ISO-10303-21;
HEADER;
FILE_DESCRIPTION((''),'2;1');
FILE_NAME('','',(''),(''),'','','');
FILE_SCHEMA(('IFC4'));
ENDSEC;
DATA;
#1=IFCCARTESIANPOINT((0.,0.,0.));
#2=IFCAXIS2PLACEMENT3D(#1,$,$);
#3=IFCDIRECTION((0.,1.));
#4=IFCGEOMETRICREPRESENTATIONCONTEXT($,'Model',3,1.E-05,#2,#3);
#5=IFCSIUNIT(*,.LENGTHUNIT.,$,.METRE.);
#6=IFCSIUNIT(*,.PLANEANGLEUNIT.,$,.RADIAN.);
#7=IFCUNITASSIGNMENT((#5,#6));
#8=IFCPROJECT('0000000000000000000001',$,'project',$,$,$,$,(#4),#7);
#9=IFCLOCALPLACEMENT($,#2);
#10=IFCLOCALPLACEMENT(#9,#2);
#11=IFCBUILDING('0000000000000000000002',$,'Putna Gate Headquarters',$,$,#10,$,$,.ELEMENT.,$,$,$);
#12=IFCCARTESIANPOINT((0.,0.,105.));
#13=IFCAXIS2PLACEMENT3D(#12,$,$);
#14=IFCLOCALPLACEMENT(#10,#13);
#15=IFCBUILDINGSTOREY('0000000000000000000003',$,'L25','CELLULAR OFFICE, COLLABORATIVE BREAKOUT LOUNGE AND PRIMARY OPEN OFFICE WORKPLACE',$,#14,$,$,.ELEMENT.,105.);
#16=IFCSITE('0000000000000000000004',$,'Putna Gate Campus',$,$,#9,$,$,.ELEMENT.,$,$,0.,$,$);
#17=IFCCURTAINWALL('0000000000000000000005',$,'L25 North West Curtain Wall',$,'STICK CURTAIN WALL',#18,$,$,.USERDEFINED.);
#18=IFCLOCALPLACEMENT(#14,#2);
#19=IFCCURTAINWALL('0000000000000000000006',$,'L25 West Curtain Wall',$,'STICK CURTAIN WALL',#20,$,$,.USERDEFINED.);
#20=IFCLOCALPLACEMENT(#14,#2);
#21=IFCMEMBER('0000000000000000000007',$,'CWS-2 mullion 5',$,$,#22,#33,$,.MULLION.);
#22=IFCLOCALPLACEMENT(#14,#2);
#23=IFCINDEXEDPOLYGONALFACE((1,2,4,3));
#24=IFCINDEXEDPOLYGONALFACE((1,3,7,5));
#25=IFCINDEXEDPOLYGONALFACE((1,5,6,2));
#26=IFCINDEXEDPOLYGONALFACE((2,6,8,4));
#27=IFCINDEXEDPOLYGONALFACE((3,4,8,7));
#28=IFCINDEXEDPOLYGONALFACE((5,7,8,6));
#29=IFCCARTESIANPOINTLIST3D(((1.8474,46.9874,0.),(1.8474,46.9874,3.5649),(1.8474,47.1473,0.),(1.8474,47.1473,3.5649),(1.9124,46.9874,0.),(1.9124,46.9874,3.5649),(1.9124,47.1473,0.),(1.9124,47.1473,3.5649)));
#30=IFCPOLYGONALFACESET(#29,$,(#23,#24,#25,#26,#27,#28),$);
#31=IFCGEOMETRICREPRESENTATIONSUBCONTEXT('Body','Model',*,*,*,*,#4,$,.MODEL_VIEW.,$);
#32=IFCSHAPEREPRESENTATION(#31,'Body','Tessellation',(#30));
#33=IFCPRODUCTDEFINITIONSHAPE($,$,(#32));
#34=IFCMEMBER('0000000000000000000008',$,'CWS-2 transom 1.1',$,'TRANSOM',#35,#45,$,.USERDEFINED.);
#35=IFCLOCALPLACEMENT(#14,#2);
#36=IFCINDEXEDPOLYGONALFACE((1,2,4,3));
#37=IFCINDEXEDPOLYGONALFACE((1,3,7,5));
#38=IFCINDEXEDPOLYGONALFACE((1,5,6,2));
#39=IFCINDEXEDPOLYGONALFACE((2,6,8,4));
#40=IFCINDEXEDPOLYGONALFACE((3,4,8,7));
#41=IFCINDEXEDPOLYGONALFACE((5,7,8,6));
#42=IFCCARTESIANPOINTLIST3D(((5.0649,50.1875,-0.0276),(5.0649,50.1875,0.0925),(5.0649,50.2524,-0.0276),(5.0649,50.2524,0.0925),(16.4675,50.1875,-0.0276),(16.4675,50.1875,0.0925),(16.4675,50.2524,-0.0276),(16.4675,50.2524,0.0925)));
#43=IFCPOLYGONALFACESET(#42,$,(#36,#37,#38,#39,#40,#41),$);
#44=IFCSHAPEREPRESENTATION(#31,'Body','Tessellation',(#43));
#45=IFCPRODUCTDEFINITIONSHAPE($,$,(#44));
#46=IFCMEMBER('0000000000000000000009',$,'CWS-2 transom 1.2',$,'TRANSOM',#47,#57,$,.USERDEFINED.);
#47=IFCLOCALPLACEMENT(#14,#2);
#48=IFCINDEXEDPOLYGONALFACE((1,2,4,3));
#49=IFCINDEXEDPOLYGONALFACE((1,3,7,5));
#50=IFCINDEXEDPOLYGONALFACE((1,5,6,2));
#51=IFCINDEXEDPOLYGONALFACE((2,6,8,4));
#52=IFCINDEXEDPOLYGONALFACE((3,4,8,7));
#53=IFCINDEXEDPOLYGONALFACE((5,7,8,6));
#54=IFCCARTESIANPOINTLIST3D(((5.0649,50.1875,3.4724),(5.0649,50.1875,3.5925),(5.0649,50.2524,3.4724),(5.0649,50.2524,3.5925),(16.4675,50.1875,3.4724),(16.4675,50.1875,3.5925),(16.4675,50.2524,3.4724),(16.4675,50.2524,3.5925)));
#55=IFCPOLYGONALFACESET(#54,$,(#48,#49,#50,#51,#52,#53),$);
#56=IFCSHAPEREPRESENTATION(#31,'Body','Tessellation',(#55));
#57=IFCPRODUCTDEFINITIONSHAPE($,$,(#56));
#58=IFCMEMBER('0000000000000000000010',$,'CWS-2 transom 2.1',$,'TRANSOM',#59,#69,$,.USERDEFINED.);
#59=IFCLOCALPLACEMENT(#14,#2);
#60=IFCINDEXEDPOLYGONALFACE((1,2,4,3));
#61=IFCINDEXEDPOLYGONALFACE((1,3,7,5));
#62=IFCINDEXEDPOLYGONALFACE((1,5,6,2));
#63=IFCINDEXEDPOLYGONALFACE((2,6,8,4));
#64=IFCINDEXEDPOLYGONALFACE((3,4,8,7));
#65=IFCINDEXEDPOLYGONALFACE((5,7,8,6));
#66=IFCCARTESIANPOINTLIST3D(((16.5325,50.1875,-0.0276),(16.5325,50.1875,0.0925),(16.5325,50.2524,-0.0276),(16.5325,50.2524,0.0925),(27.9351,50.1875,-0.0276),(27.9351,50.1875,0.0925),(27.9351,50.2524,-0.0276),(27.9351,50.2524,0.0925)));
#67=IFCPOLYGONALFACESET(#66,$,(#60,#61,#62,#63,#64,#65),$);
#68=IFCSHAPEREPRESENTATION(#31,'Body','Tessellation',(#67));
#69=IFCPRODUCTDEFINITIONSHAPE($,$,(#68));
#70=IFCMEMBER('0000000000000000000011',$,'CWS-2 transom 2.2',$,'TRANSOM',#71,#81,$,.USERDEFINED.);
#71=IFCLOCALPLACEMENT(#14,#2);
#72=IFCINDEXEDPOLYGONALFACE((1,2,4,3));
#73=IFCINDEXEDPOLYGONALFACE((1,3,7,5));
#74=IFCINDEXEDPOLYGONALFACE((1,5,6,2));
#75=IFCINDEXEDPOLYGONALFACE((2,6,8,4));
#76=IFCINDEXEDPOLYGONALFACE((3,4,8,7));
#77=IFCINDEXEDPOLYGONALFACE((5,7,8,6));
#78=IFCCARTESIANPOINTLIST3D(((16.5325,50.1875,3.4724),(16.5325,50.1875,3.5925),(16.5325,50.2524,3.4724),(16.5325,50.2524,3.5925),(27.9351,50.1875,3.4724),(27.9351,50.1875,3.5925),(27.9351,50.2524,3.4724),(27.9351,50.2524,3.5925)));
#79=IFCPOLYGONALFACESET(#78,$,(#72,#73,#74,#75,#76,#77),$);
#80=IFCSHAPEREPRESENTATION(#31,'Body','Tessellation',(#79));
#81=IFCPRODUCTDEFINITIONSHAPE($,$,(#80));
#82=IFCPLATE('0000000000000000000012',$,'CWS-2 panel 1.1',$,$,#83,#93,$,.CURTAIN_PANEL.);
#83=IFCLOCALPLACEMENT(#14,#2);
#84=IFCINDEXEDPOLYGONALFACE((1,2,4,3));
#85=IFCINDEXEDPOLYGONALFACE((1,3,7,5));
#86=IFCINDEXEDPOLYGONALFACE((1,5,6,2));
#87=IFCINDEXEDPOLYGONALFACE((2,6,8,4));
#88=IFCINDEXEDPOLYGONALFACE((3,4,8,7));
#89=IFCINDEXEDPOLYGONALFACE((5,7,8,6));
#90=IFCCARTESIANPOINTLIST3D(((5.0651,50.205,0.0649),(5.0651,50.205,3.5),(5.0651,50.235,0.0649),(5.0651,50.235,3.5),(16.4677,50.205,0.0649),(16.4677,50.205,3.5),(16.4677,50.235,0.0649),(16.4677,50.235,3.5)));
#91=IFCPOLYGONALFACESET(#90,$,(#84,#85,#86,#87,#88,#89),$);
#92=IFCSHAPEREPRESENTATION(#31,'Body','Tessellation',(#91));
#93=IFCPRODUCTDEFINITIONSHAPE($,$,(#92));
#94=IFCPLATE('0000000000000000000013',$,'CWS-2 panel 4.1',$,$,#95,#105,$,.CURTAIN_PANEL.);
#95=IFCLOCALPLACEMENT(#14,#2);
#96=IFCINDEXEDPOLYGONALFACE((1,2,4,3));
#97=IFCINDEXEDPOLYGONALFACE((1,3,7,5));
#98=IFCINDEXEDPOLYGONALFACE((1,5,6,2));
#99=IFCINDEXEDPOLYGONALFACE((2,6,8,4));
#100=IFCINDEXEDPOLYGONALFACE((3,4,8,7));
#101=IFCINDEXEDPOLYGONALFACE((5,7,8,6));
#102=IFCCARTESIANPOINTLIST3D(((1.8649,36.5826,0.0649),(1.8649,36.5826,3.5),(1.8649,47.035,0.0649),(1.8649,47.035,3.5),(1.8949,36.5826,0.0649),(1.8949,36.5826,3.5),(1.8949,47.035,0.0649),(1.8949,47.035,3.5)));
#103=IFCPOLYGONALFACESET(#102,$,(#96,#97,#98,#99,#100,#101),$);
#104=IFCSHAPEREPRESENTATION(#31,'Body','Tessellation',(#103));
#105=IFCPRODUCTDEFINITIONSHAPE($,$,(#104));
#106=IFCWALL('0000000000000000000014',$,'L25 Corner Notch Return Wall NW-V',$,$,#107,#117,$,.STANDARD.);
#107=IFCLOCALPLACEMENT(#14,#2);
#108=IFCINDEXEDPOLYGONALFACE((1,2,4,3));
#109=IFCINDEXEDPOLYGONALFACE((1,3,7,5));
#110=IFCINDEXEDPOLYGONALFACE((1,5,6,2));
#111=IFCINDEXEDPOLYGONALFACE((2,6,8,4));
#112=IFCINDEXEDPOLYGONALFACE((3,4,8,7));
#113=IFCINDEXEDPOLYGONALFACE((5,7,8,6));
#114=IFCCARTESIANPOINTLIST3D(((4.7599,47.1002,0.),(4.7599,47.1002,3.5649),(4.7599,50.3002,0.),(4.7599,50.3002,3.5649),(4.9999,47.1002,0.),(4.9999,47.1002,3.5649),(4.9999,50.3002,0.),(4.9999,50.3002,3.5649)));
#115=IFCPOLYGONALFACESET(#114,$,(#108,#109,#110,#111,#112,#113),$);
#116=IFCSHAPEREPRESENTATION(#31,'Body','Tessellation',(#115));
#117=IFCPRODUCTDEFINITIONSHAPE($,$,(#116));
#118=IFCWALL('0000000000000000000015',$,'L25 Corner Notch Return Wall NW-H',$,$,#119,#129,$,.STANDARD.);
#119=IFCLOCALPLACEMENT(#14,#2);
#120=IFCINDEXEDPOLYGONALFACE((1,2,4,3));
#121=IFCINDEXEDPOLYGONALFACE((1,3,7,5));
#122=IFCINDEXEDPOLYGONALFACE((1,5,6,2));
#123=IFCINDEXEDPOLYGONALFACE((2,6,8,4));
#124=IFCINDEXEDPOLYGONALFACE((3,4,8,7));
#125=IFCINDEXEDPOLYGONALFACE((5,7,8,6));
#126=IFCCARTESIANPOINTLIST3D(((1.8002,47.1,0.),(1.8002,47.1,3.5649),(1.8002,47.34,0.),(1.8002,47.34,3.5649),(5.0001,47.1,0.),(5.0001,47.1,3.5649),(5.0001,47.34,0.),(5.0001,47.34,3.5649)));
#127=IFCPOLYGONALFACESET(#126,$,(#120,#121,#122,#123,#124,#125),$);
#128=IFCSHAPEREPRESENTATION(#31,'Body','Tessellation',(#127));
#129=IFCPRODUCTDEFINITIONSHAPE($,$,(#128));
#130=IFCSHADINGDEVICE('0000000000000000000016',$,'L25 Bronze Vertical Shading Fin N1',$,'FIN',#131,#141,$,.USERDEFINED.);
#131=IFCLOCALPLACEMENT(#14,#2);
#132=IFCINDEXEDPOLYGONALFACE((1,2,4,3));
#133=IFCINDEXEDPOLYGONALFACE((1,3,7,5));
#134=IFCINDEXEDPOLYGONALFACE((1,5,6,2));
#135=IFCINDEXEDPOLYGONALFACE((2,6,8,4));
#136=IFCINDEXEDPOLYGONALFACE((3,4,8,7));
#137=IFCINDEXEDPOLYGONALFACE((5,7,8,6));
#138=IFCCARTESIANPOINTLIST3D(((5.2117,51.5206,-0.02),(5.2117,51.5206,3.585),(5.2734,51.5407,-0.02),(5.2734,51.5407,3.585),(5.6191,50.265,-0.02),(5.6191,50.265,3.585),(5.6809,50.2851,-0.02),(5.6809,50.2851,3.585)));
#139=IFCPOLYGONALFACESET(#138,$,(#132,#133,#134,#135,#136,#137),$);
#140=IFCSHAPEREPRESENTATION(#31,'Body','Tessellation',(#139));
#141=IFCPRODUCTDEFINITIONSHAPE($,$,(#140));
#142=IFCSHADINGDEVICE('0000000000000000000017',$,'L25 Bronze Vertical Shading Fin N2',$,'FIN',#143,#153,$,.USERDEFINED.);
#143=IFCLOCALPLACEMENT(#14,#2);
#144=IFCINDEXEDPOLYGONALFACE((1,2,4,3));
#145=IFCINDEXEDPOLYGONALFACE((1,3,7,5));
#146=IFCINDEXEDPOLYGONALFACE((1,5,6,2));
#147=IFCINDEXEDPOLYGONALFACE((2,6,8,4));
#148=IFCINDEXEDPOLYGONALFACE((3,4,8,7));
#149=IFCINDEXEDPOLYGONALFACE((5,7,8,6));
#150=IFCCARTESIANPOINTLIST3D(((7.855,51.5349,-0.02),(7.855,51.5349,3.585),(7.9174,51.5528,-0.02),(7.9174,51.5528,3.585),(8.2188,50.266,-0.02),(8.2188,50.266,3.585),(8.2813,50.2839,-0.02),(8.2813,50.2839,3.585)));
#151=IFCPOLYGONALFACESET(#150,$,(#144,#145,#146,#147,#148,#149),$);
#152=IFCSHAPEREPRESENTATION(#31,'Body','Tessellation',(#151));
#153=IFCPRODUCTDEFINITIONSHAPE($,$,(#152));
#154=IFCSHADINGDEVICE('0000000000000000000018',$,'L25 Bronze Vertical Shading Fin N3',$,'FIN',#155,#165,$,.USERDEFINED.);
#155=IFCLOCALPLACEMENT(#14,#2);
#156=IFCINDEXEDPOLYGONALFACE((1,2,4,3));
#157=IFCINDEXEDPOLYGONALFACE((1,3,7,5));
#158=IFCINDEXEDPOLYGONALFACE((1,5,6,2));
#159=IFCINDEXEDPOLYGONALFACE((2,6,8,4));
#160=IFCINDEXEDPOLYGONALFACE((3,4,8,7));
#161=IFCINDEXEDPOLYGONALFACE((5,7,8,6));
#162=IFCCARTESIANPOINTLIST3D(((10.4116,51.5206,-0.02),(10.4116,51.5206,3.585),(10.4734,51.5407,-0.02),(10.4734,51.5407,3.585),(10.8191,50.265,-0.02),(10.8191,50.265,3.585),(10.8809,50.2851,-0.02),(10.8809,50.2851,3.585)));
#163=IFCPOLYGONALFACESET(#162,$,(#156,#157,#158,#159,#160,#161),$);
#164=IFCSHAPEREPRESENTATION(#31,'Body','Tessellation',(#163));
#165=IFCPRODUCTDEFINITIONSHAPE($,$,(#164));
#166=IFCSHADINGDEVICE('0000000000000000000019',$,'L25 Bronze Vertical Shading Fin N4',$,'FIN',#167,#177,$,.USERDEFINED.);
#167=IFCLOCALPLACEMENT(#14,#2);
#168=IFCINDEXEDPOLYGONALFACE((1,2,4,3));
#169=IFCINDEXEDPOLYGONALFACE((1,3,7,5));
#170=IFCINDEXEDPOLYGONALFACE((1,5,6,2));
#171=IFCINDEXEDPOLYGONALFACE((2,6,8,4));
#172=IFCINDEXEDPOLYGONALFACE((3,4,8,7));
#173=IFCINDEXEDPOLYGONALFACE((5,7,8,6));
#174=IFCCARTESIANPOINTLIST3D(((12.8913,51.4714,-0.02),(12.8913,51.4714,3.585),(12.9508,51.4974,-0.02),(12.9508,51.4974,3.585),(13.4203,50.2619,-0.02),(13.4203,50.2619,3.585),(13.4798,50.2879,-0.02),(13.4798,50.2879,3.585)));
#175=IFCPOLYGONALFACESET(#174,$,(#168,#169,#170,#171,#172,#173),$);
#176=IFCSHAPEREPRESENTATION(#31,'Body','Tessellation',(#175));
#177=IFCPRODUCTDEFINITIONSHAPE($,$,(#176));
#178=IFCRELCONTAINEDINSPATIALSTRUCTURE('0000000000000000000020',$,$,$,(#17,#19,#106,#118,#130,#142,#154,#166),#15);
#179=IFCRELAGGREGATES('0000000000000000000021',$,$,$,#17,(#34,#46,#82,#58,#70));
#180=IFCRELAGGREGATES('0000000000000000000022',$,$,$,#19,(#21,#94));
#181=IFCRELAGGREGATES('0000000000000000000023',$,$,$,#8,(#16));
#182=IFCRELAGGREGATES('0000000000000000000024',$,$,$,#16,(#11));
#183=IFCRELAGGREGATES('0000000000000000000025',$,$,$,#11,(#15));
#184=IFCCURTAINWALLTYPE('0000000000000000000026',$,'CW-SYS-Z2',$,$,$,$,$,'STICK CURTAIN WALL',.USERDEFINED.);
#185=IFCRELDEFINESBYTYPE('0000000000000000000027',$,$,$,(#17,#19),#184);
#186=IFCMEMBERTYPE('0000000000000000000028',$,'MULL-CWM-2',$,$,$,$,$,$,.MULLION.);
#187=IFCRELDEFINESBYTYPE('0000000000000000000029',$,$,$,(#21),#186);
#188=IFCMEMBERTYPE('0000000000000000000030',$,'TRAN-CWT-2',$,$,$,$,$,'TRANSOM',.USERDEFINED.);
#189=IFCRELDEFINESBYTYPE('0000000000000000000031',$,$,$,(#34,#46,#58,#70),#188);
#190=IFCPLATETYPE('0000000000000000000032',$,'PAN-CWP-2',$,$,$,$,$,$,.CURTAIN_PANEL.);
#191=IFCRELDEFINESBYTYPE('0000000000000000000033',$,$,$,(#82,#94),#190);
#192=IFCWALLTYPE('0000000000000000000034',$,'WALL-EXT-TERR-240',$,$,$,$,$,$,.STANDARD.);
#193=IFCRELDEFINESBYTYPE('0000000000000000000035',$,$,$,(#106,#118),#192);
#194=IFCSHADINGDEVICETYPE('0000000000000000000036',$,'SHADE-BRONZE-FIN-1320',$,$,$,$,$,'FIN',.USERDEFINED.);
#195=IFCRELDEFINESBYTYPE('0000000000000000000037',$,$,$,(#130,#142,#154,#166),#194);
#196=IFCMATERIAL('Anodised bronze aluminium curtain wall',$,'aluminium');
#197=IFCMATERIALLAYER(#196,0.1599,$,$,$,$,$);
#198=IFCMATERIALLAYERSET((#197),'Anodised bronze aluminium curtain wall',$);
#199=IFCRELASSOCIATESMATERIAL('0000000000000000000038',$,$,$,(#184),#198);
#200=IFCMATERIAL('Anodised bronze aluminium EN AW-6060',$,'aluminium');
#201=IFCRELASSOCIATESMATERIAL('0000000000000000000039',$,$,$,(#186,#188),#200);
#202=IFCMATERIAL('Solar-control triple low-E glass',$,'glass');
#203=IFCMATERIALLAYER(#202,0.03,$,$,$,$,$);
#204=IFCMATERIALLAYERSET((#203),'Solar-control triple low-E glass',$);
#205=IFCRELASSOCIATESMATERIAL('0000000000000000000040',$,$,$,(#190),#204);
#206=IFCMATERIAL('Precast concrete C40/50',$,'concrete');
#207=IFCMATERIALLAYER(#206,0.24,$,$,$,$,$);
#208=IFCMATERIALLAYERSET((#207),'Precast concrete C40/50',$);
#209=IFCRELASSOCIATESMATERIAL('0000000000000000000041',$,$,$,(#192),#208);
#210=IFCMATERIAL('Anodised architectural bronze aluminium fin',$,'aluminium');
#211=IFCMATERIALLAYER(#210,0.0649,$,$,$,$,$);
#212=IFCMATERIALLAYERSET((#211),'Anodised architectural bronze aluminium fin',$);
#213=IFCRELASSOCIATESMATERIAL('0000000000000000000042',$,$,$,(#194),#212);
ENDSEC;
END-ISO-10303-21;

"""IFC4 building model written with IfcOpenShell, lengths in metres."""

from ifc_helpers import new_model, si_unit, direction, frame, frame_2d, origin, origin_2d, place, context, subcontext, project, spatial, rectangle, extrude, material, layer, layer_set, material_profile, profile_set, type_object, element, aggregate, save


model = new_model("IFC4")

# Units and contexts
model_context = context("Model", 3, precision=1e-05, world=origin(), true_north=direction((0.0, 1.0)))
body_context = subcontext(model_context, "Body", "Model", "MODEL_VIEW")
ifc_project = project(units=[si_unit("LENGTHUNIT", "METRE"), si_unit("PLANEANGLEUNIT", "RADIAN")], contexts=[model_context])

# Site, building, storey
site_placement = place(None, origin())
site = spatial("IfcSite", under=ifc_project, at=site_placement, Name="Putna Gate Campus", CompositionType="ELEMENT", RefElevation=0.0)
building_placement = place(site_placement, origin())
building = spatial("IfcBuilding", under=site, at=building_placement, Name="Putna Gate Headquarters", CompositionType="ELEMENT")
storey_placement = place(building_placement, frame((0.0, 0.0, 105.0)))
storey = spatial("IfcBuildingStorey", under=building, at=storey_placement, Name="L25", Description="CELLULAR OFFICE, COLLABORATIVE BREAKOUT LOUNGE AND PRIMARY OPEN OFFICE WORKPLACE", CompositionType="ELEMENT", Elevation=105.0)

# Curtain wall
ifc_material_1 = material(Name="Anodised bronze aluminium curtain wall", Category="aluminium")
ifc_layer_1 = layer(ifc_material_1, 0.1599)
ifc_layer_set_1 = layer_set([ifc_layer_1], Name="Anodised bronze aluminium curtain wall")
curtain_wall_type = type_object("IfcCurtainWallType", Name="CW-SYS-Z2", ElementType="STICK CURTAIN WALL", PredefinedType="USERDEFINED", material=ifc_layer_set_1)
curtain_wall_1_placement = place(storey_placement, origin())
curtain_wall_1 = element("IfcCurtainWall", 1, at=curtain_wall_1_placement, inside=storey, type_object=curtain_wall_type, Name="L25 North West Curtain Wall", ObjectType="STICK CURTAIN WALL", PredefinedType="USERDEFINED")
ifc_material_2 = material(Name="Anodised bronze aluminium EN AW-6060", Category="aluminium")
ifc_material_profile_1 = material_profile(ifc_material_2, rectangle(XDim=0.0649, YDim=0.1599, at=origin_2d()), Name="Anodised bronze aluminium EN AW-6060")
ifc_profile_set_1 = profile_set([ifc_material_profile_1], Name="Anodised bronze aluminium EN AW-6060")
member_type_1 = type_object("IfcMemberType", Name="MULL-CWM-2", PredefinedType="MULLION", material=ifc_profile_set_1)

# Curtain wall, member
curtain_wall_2_placement = place(storey_placement, origin())
curtain_wall_2 = element("IfcCurtainWall", 2, at=curtain_wall_2_placement, inside=storey, type_object=curtain_wall_type, Name="L25 West Curtain Wall", ObjectType="STICK CURTAIN WALL", PredefinedType="USERDEFINED")
member_1_placement = place(storey_placement, frame((1.8799, 47.0674, 0.0), z_axis=(0.0, 0.0, 1.0), x_axis=(-1.0, 0.0, 0.0)))
member_1 = element("IfcMember", 3, at=member_1_placement, type_object=member_type_1, Name="CWS-2 mullion 5", PredefinedType="MULLION", context=body_context, shape_type="SweptSolid", body=[
    extrude(rectangle(XDim=0.0649, YDim=0.1599, at=origin_2d()), origin(), (0.0, 0.0, 1.0), 3.5649),
])

# Members
ifc_material_profile_2 = material_profile(ifc_material_2, rectangle(XDim=0.0649, YDim=0.1201, at=origin_2d()), Name="Anodised bronze aluminium EN AW-6060")
ifc_profile_set_2 = profile_set([ifc_material_profile_2], Name="Anodised bronze aluminium EN AW-6060")
member_type_2 = type_object("IfcMemberType", Name="TRAN-CWT-2", ElementType="TRANSOM", PredefinedType="USERDEFINED", material=ifc_profile_set_2)
member_2_placement = place(storey_placement, frame((5.0649, 50.22, 0.0325), z_axis=(1.0, 0.0, 0.0), x_axis=(0.0, 1.0, 0.0)))
member_2 = element("IfcMember", 4, at=member_2_placement, type_object=member_type_2, Name="CWS-2 transom 1.1", ObjectType="TRANSOM", PredefinedType="USERDEFINED", context=body_context, shape_type="SweptSolid", body=[
    extrude(rectangle(XDim=0.0649, YDim=0.1201, at=origin_2d()), origin(), (0.0, 0.0, 1.0), 11.4026),
])
member_3_placement = place(storey_placement, frame((5.0649, 50.22, 3.5325), z_axis=(1.0, 0.0, 0.0), x_axis=(0.0, 1.0, 0.0)))
member_3 = element("IfcMember", 5, at=member_3_placement, type_object=member_type_2, Name="CWS-2 transom 1.2", ObjectType="TRANSOM", PredefinedType="USERDEFINED", context=body_context, shape_type="SweptSolid", body=[
    extrude(rectangle(XDim=0.0649, YDim=0.1201, at=origin_2d()), origin(), (0.0, 0.0, 1.0), 11.4026),
])
member_4_placement = place(storey_placement, frame((16.5325, 50.22, 0.0325), z_axis=(1.0, 0.0, 0.0), x_axis=(0.0, 1.0, 0.0)))
member_4 = element("IfcMember", 6, at=member_4_placement, type_object=member_type_2, Name="CWS-2 transom 2.1", ObjectType="TRANSOM", PredefinedType="USERDEFINED", context=body_context, shape_type="SweptSolid", body=[
    extrude(rectangle(XDim=0.0649, YDim=0.1201, at=origin_2d()), origin(), (0.0, 0.0, 1.0), 11.4026),
])
member_5_placement = place(storey_placement, frame((16.5325, 50.22, 3.5325), z_axis=(1.0, 0.0, 0.0), x_axis=(0.0, 1.0, 0.0)))
member_5 = element("IfcMember", 7, at=member_5_placement, type_object=member_type_2, Name="CWS-2 transom 2.2", ObjectType="TRANSOM", PredefinedType="USERDEFINED", context=body_context, shape_type="SweptSolid", body=[
    extrude(rectangle(XDim=0.0649, YDim=0.1201, at=origin_2d()), origin(), (0.0, 0.0, 1.0), 11.4026),
])

# Plates
ifc_material_3 = material(Name="Solar-control triple low-E glass", Category="glass")
ifc_layer_2 = layer(ifc_material_3, 0.03)
ifc_layer_set_2 = layer_set([ifc_layer_2], Name="Solar-control triple low-E glass")
plate_type = type_object("IfcPlateType", Name="PAN-CWP-2", PredefinedType="CURTAIN_PANEL", material=ifc_layer_set_2)
plate_1_placement = place(storey_placement, frame((10.7664, 50.22, 0.0649), z_axis=(0.0, 0.0, 1.0), x_axis=(1.0, 0.0, 0.0)))
plate_1 = element("IfcPlate", 8, at=plate_1_placement, type_object=plate_type, Name="CWS-2 panel 1.1", PredefinedType="CURTAIN_PANEL", context=body_context, shape_type="SweptSolid", body=[
    extrude(rectangle(XDim=11.4026, YDim=0.03, at=origin_2d()), origin(), (0.0, 0.0, 1.0), 3.4351),
])
aggregate(curtain_wall_1, [member_2, member_3, plate_1, member_4, member_5])
plate_2_placement = place(storey_placement, frame((1.8799, 41.8088, 0.0649), z_axis=(0.0, 0.0, 1.0), x_axis=(0.0, 1.0, 0.0)))
plate_2 = element("IfcPlate", 9, at=plate_2_placement, type_object=plate_type, Name="CWS-2 panel 4.1", PredefinedType="CURTAIN_PANEL", context=body_context, shape_type="SweptSolid", body=[
    extrude(rectangle(XDim=10.4524, YDim=0.03, at=origin_2d()), origin(), (0.0, 0.0, 1.0), 3.4351),
])
aggregate(curtain_wall_2, [member_1, plate_2])

# Walls
ifc_material_4 = material(Name="Precast concrete C40/50", Category="concrete")
ifc_layer_3 = layer(ifc_material_4, 0.24)
ifc_layer_set_3 = layer_set([ifc_layer_3], Name="Precast concrete C40/50")
wall_type = type_object("IfcWallType", Name="WALL-EXT-TERR-240", PredefinedType="STANDARD", material=ifc_layer_set_3)
for number, where, z_axis, x_axis, name in (
    (10, (4.8799, 47.1001, 0.0), (0.0, 0.0, 1.0), (0.0, 1.0, 0.0), "L25 Corner Notch Return Wall NW-V"),
    (11, (1.8, 47.22, 0.0), (0.0, 0.0, 1.0), (1.0, 0.0, 0.0), "L25 Corner Notch Return Wall NW-H"),
):
    element("IfcWall", number, at=place(storey_placement, frame(where, z_axis=z_axis, x_axis=x_axis)), inside=storey, type_object=wall_type, Name=name, PredefinedType="STANDARD", context=body_context, shape_type="SweptSolid", body=[
        extrude(rectangle(XDim=3.2, YDim=0.24, at=frame_2d((1.6001, 0.0))), origin(), (0.0, 0.0, 1.0), 3.5649),
    ])

# Shading devices
ifc_material_5 = material(Name="Anodised architectural bronze aluminium fin", Category="aluminium")
ifc_layer_4 = layer(ifc_material_5, 0.0649)
ifc_layer_set_4 = layer_set([ifc_layer_4], Name="Anodised architectural bronze aluminium fin")
shading_device_type = type_object("IfcShadingDeviceType", Name="SHADE-BRONZE-FIN-1320", ElementType="FIN", PredefinedType="USERDEFINED", material=ifc_layer_set_4)
for number, where, z_axis, x_axis, name in (
    (12, (5.4463, 50.9028, -0.02), (0.0, 0.0, 1.0), (-0.308685, 0.951164, 0.0), "L25 Bronze Vertical Shading Fin N1"),
    (13, (8.0681, 50.9094, -0.02), (0.0, 0.0, 1.0), (-0.275637, 0.961262, 0.0), "L25 Bronze Vertical Shading Fin N2"),
    (14, (10.6462, 50.9028, -0.02), (0.0, 0.0, 1.0), (-0.308685, 0.951164, 0.0), "L25 Bronze Vertical Shading Fin N3"),
    (15, (13.1855, 50.8796, -0.02), (0.0, 0.0, 1.0), (-0.400669, 0.916223, 0.0), "L25 Bronze Vertical Shading Fin N4"),
):
    element("IfcShadingDevice", number, at=place(storey_placement, frame(where, z_axis=z_axis, x_axis=x_axis)), inside=storey, type_object=shading_device_type, Name=name, ObjectType="FIN", PredefinedType="USERDEFINED", context=body_context, shape_type="SweptSolid", body=[
        extrude(rectangle(XDim=1.3201, YDim=0.0649, at=origin_2d()), origin(), (0.0, 0.0, 1.0), 3.605),
    ])

save(model, "model.ifc")
